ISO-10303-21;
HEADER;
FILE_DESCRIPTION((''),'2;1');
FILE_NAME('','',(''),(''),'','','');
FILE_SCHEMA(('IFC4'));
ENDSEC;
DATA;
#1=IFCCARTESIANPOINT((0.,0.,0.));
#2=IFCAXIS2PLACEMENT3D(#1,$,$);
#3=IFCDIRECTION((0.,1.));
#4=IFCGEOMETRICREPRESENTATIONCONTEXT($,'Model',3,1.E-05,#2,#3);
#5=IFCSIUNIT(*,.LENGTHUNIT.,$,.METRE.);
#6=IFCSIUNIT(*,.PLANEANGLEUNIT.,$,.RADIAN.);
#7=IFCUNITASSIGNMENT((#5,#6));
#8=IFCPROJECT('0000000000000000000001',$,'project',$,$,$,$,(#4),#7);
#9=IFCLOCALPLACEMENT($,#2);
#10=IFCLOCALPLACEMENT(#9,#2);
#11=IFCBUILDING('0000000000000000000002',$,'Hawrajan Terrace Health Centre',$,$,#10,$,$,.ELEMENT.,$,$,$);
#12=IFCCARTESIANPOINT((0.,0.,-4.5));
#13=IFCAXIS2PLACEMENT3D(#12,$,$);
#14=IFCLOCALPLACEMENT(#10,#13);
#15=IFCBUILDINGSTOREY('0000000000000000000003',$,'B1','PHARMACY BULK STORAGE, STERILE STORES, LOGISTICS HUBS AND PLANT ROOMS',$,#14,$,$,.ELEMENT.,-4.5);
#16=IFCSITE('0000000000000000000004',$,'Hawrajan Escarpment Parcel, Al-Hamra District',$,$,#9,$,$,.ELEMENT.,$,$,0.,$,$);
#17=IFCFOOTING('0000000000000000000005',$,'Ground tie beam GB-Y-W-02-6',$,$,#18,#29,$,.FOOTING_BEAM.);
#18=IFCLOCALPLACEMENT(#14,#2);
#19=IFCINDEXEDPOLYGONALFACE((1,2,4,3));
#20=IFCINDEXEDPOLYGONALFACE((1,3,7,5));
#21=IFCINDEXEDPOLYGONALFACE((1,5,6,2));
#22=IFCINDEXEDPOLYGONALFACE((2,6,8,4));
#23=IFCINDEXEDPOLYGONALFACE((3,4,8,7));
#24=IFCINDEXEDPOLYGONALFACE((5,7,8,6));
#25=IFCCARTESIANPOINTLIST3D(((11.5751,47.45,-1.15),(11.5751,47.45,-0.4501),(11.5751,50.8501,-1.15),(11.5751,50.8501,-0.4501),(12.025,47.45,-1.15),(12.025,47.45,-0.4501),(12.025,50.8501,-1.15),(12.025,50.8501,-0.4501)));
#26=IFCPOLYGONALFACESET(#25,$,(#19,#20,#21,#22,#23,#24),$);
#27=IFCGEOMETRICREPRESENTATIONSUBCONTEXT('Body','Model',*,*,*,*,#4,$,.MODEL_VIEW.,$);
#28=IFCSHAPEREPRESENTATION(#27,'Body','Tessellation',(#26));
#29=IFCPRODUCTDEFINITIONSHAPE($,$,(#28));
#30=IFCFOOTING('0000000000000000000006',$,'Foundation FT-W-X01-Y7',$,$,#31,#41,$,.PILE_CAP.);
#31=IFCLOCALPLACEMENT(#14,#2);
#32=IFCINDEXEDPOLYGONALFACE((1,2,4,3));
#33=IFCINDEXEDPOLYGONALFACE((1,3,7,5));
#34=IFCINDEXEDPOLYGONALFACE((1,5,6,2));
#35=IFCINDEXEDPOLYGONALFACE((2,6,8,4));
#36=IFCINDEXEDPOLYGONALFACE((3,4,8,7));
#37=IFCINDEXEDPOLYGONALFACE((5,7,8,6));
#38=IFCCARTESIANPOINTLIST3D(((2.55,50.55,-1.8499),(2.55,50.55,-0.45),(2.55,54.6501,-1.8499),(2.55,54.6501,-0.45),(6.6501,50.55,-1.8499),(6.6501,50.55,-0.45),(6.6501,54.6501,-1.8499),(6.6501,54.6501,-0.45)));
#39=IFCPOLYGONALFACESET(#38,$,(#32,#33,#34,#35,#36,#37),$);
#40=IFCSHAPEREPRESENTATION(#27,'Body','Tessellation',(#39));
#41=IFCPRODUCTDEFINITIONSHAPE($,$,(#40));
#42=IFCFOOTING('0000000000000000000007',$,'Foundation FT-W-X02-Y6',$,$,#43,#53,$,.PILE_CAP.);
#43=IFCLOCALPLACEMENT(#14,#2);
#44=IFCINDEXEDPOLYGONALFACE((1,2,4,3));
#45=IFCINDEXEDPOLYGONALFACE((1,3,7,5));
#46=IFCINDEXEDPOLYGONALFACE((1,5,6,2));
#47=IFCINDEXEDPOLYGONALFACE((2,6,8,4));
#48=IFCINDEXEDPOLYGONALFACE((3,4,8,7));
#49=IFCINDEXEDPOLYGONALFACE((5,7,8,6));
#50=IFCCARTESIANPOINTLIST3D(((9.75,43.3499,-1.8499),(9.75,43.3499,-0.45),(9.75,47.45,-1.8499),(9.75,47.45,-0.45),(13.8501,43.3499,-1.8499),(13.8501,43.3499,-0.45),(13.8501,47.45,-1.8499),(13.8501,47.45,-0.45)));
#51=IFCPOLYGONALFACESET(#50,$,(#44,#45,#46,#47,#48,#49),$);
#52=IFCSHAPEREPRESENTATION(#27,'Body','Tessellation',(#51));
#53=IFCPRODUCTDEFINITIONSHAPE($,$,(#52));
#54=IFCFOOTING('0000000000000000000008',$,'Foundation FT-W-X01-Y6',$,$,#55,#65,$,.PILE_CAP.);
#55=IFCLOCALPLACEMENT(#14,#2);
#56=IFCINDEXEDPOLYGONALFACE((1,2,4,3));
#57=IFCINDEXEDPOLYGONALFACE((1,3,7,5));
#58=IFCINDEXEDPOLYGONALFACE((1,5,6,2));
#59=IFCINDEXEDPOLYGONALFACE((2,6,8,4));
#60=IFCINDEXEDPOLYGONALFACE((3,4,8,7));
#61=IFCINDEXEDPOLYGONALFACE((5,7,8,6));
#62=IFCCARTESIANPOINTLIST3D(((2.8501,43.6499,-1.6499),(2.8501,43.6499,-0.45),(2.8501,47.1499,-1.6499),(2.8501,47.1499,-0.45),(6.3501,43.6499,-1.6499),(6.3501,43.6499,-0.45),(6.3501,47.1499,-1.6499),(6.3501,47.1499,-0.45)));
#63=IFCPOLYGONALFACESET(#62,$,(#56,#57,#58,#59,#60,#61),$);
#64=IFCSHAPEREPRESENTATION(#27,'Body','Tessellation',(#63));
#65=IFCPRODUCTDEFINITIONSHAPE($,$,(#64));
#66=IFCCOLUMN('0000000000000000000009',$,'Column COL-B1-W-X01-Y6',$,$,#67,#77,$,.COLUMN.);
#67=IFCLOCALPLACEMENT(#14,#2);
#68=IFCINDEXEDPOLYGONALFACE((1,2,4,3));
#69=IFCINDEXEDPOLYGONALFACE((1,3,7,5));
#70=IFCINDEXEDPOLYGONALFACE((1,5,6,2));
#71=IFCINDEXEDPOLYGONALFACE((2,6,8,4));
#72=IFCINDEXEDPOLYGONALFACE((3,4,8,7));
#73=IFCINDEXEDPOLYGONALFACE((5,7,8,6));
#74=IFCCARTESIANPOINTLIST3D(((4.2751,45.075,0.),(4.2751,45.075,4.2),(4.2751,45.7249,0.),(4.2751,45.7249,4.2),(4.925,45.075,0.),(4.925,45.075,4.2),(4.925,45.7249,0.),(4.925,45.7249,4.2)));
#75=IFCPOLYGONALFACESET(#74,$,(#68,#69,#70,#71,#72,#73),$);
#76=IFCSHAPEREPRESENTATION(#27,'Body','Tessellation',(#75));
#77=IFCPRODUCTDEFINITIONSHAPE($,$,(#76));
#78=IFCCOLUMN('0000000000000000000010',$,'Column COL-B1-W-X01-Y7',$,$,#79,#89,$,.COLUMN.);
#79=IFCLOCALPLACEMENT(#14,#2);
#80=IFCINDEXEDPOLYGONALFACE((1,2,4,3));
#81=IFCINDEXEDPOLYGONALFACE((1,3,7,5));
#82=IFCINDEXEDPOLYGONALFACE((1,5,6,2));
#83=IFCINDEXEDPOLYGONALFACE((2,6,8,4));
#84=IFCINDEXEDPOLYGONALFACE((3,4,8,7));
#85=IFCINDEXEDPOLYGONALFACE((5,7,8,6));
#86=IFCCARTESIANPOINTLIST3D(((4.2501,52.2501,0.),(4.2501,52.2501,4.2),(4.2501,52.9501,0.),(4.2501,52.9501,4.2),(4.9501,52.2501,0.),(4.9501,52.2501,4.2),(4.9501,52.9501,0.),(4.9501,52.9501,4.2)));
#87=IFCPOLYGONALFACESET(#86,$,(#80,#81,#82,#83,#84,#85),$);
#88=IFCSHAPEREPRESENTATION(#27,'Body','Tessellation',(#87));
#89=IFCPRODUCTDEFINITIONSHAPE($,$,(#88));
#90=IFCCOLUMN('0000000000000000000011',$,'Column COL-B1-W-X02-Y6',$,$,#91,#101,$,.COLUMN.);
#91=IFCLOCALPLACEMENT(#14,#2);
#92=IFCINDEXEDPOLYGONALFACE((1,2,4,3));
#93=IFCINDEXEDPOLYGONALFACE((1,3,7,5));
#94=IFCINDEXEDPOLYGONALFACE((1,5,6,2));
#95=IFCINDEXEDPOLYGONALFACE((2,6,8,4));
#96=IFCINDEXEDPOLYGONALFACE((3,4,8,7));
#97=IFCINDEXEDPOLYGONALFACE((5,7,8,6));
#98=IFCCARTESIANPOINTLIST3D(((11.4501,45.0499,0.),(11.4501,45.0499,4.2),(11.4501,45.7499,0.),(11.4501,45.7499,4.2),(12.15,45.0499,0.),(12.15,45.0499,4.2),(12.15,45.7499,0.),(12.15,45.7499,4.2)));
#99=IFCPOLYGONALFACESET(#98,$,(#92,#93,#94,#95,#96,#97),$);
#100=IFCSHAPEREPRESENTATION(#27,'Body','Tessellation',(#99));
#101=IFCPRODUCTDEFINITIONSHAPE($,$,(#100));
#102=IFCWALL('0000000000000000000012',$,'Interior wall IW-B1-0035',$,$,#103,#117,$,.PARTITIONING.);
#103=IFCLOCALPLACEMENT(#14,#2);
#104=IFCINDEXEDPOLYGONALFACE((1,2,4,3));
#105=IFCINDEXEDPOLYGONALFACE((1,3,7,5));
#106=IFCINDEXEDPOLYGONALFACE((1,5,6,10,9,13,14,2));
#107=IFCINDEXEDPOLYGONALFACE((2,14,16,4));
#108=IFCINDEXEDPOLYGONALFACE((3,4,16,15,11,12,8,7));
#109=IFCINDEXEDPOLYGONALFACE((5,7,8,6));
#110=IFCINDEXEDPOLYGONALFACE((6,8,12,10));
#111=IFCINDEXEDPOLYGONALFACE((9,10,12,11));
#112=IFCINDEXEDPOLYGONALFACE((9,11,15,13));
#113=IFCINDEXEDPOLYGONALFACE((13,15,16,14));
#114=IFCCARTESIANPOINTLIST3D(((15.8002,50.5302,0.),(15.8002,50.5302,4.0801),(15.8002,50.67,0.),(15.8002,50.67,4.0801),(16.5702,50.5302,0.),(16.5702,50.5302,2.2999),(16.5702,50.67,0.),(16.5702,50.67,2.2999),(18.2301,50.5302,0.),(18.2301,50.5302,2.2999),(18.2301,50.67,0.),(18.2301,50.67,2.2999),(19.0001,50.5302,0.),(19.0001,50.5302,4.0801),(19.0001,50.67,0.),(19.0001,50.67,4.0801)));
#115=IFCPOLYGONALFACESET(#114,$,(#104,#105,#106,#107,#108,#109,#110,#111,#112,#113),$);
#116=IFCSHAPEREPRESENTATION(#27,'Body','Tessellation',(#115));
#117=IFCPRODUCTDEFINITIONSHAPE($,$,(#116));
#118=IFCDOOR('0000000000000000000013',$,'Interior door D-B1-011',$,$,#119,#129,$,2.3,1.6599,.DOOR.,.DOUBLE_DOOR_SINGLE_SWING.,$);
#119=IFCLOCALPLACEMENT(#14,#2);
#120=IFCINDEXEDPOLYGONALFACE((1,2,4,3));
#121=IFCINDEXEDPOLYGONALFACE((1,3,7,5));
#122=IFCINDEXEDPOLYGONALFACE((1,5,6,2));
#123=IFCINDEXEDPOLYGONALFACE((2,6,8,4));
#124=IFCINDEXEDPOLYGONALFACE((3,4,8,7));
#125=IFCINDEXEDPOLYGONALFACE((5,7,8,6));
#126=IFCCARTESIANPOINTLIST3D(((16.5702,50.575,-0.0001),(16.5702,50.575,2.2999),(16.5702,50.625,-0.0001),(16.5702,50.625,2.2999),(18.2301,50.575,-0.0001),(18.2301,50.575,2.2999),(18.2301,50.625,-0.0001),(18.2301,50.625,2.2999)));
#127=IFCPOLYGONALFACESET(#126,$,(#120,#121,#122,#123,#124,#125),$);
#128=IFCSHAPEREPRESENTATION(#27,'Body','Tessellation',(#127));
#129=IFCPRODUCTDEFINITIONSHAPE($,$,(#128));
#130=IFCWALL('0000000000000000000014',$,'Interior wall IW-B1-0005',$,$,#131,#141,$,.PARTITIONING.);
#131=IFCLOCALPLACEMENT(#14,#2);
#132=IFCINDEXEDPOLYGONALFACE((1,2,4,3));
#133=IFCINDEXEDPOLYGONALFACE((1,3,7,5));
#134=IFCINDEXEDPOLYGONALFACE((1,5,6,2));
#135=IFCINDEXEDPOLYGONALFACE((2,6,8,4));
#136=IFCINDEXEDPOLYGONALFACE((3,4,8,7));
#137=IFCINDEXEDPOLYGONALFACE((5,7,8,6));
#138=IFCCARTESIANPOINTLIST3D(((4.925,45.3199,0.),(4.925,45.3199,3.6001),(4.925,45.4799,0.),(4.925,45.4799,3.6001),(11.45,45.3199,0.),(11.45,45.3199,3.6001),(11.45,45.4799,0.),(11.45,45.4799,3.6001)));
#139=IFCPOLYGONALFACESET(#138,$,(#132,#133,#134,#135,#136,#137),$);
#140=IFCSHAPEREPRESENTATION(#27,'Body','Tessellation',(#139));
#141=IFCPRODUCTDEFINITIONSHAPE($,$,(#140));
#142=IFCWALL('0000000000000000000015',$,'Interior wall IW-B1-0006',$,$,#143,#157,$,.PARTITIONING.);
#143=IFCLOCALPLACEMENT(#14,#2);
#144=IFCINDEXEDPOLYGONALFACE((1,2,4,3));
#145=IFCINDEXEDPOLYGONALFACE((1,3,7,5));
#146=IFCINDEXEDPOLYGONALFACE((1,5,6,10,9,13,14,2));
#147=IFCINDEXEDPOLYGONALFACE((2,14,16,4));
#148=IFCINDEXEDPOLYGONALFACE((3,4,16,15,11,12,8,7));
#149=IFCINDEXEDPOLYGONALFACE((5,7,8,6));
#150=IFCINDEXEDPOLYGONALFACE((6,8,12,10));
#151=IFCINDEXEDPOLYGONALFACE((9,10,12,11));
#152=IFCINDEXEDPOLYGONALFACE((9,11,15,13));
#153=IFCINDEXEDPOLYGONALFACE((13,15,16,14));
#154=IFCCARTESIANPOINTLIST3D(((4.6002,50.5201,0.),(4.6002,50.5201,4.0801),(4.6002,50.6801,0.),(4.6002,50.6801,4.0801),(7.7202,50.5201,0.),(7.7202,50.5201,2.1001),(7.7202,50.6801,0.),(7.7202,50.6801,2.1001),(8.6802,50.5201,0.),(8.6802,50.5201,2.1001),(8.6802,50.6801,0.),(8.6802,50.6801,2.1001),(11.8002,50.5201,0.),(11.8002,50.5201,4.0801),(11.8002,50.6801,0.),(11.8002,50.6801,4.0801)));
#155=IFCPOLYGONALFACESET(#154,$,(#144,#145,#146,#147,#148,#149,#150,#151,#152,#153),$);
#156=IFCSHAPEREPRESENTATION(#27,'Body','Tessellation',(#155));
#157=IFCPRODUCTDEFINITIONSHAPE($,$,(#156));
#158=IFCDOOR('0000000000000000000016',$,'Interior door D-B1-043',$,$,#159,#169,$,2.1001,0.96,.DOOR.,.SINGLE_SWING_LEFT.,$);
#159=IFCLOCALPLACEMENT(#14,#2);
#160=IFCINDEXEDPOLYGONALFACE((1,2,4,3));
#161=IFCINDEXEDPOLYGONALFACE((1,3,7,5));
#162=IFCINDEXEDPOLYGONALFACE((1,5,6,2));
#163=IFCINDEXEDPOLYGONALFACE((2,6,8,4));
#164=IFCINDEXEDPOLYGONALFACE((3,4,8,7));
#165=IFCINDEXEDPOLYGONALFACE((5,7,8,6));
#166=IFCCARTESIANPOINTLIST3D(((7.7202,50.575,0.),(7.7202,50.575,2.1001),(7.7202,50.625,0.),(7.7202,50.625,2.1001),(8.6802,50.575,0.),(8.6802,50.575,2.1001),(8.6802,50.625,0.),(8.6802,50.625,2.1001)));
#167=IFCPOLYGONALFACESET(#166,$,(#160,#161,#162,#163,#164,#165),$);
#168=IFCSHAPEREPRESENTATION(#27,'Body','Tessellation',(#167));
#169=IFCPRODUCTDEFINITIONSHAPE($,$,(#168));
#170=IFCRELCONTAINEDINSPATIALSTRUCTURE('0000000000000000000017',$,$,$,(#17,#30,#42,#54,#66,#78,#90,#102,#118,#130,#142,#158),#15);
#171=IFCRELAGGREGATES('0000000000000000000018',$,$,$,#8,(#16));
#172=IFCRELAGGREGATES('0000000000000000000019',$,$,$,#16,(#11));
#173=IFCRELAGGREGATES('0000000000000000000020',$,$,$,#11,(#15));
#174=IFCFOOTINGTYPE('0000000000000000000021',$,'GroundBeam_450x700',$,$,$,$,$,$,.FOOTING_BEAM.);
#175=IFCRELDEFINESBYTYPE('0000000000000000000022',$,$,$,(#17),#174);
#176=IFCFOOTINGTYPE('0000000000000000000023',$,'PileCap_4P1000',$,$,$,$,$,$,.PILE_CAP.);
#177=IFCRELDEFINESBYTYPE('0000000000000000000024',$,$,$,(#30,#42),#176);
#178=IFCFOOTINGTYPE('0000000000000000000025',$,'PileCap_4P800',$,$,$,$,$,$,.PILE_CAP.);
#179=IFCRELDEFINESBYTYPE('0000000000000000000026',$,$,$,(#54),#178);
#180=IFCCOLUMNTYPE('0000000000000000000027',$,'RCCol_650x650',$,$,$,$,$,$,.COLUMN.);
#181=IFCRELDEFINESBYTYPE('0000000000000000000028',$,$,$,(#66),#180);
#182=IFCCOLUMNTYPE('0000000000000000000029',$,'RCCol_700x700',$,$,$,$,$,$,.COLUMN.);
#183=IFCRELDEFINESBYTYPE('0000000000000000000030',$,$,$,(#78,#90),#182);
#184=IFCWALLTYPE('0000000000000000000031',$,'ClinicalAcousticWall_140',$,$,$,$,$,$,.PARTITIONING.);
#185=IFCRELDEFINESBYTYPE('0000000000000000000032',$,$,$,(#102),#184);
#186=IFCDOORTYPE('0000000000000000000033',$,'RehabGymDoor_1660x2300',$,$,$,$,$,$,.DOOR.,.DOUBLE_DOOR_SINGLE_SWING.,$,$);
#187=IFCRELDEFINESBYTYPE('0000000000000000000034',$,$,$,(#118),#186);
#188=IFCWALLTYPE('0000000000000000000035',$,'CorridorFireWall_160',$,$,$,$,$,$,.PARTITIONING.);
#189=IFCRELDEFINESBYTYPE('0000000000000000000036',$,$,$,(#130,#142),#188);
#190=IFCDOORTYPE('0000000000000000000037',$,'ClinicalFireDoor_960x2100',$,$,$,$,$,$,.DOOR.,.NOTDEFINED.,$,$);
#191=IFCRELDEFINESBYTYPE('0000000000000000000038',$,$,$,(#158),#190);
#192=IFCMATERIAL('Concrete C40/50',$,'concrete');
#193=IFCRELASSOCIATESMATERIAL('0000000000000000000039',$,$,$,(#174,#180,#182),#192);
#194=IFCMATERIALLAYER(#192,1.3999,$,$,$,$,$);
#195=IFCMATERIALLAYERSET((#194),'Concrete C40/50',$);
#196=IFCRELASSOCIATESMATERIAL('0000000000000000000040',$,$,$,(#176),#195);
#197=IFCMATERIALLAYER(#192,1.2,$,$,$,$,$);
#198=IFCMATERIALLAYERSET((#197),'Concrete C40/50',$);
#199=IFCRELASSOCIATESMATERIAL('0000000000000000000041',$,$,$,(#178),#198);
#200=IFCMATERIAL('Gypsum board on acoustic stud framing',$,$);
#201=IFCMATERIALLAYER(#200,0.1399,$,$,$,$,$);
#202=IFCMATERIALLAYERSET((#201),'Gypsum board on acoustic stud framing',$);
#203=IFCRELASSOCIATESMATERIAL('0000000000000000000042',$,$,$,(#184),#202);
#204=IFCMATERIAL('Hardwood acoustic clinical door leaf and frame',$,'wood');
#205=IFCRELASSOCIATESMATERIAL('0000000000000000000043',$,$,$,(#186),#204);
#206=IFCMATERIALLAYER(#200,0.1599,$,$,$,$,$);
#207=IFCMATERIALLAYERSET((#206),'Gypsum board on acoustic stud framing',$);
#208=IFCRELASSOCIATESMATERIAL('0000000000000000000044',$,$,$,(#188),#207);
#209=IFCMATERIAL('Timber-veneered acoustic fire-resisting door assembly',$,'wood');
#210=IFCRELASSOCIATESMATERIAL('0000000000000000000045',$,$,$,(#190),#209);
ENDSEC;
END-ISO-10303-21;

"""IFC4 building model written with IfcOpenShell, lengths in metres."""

from ifc_helpers import new_model, si_unit, direction, frame, frame_2d, origin, origin_2d, place, context, subcontext, project, spatial, rectangle, extrude, material, layer, layer_set, material_profile, profile_set, type_object, element, fill, save


model = new_model("IFC4")

# Units and contexts
model_context = context("Model", 3, precision=1e-05, world=origin(), true_north=direction((0.0, 1.0)))
body_context = subcontext(model_context, "Body", "Model", "MODEL_VIEW")
ifc_project = project(units=[si_unit("LENGTHUNIT", "METRE"), si_unit("PLANEANGLEUNIT", "RADIAN")], contexts=[model_context])

# Site, building, storey
site_placement = place(None, origin())
site = spatial("IfcSite", under=ifc_project, at=site_placement, Name="Hawrajan Escarpment Parcel, Al-Hamra District", CompositionType="ELEMENT", RefElevation=0.0)
building_placement = place(site_placement, origin())
building = spatial("IfcBuilding", under=site, at=building_placement, Name="Hawrajan Terrace Health Centre", CompositionType="ELEMENT")
storey_placement = place(building_placement, frame((0.0, 0.0, -4.5)))
storey = spatial("IfcBuildingStorey", under=building, at=storey_placement, Name="B1", Description="PHARMACY BULK STORAGE, STERILE STORES, LOGISTICS HUBS AND PLANT ROOMS", CompositionType="ELEMENT", Elevation=-4.5)

# Shared definitions
ifc_material_1 = material(Name="Concrete C40/50", Category="concrete")

# Footings
ifc_material_profile_1 = material_profile(ifc_material_1, rectangle(XDim=0.45, YDim=0.7, at=origin_2d()), Name="RC BM 450x700")
ifc_profile_set_1 = profile_set([ifc_material_profile_1], Name="Concrete C40/50")
footing_type_1 = type_object("IfcFootingType", Name="GroundBeam_450x700", PredefinedType="FOOTING_BEAM", material=ifc_profile_set_1)
footing_1_placement = place(storey_placement, frame((11.8, 47.45, -0.8), z_axis=(0.0, 1.0, 0.0), x_axis=(-1.0, 0.0, 0.0)))
element("IfcFooting", 1, at=footing_1_placement, inside=storey, type_object=footing_type_1, Name="Ground tie beam GB-Y-W-02-6", PredefinedType="FOOTING_BEAM", context=body_context, shape_type="SweptSolid", body=[
    extrude(rectangle(XDim=0.45, YDim=0.7, at=origin_2d()), origin(), (0.0, 0.0, 1.0), 3.4001),
])
ifc_layer_1 = layer(ifc_material_1, 1.3999)
ifc_layer_set_1 = layer_set([ifc_layer_1], Name="Concrete C40/50")
footing_type_2 = type_object("IfcFootingType", Name="PileCap_4P1000", PredefinedType="PILE_CAP", material=ifc_layer_set_1)
for number, where, z_axis, x_axis, name in (
    (2, (4.6001, 52.6001, -1.8499), (0.0, 0.0, 1.0), (1.0, 0.0, 0.0), "Foundation FT-W-X01-Y7"),
    (3, (11.8, 45.3999, -1.8499), (0.0, 0.0, 1.0), (1.0, 0.0, 0.0), "Foundation FT-W-X02-Y6"),
):
    element("IfcFooting", number, at=place(storey_placement, frame(where, z_axis=z_axis, x_axis=x_axis)), inside=storey, type_object=footing_type_2, Name=name, PredefinedType="PILE_CAP", context=body_context, shape_type="SweptSolid", body=[
        extrude(rectangle(XDim=4.1001, YDim=4.1001, at=origin_2d()), origin(), (0.0, 0.0, 1.0), 1.3999),
    ])
ifc_layer_2 = layer(ifc_material_1, 1.2)
ifc_layer_set_2 = layer_set([ifc_layer_2], Name="Concrete C40/50")
footing_type_3 = type_object("IfcFootingType", Name="PileCap_4P800", PredefinedType="PILE_CAP", material=ifc_layer_set_2)
footing_2_placement = place(storey_placement, frame((4.6001, 45.3999, -1.6499), z_axis=(0.0, 0.0, 1.0), x_axis=(1.0, 0.0, 0.0)))
element("IfcFooting", 4, at=footing_2_placement, inside=storey, type_object=footing_type_3, Name="Foundation FT-W-X01-Y6", PredefinedType="PILE_CAP", context=body_context, shape_type="SweptSolid", body=[
    extrude(rectangle(XDim=3.5, YDim=3.5, at=origin_2d()), origin(), (0.0, 0.0, 1.0), 1.2),
])

# Columns
ifc_material_profile_2 = material_profile(ifc_material_1, rectangle(XDim=0.6499, YDim=0.6499, at=origin_2d()), Name="RC 650x650")
ifc_profile_set_2 = profile_set([ifc_material_profile_2], Name="Concrete C40/50")
column_type_1 = type_object("IfcColumnType", Name="RCCol_650x650", PredefinedType="COLUMN", material=ifc_profile_set_2)
column_placement = place(storey_placement, frame((4.6001, 45.3999, 0.0), z_axis=(0.0, 0.0, 1.0), x_axis=(1.0, 0.0, 0.0)))
element("IfcColumn", 5, at=column_placement, inside=storey, type_object=column_type_1, Name="Column COL-B1-W-X01-Y6", PredefinedType="COLUMN", context=body_context, shape_type="SweptSolid", body=[
    extrude(rectangle(XDim=0.6499, YDim=0.6499, at=origin_2d()), origin(), (0.0, 0.0, 1.0), 4.2),
])
ifc_material_profile_3 = material_profile(ifc_material_1, rectangle(XDim=0.7, YDim=0.7, at=origin_2d()), Name="RC 700x700")
ifc_profile_set_3 = profile_set([ifc_material_profile_3], Name="Concrete C40/50")
column_type_2 = type_object("IfcColumnType", Name="RCCol_700x700", PredefinedType="COLUMN", material=ifc_profile_set_3)
for number, where, z_axis, x_axis, name in (
    (6, (4.6001, 52.6001, 0.0), (0.0, 0.0, 1.0), (1.0, 0.0, 0.0), "Column COL-B1-W-X01-Y7"),
    (7, (11.8, 45.3999, 0.0), (0.0, 0.0, 1.0), (1.0, 0.0, 0.0), "Column COL-B1-W-X02-Y6"),
):
    element("IfcColumn", number, at=place(storey_placement, frame(where, z_axis=z_axis, x_axis=x_axis)), inside=storey, type_object=column_type_2, Name=name, PredefinedType="COLUMN", context=body_context, shape_type="SweptSolid", body=[
        extrude(rectangle(XDim=0.7, YDim=0.7, at=origin_2d()), origin(), (0.0, 0.0, 1.0), 4.2),
    ])

# Wall, opening, door
ifc_material_2 = material(Name="Gypsum board on acoustic stud framing")
ifc_layer_3 = layer(ifc_material_2, 0.1399)
ifc_layer_set_3 = layer_set([ifc_layer_3], Name="Gypsum board on acoustic stud framing")
wall_type_1 = type_object("IfcWallType", Name="ClinicalAcousticWall_140", PredefinedType="PARTITIONING", material=ifc_layer_set_3)
wall_1_placement = place(storey_placement, frame((15.8, 50.6001, 0.0), z_axis=(0.0, 0.0, 1.0), x_axis=(1.0, 0.0, 0.0)))
wall_1 = element("IfcWall", 8, at=wall_1_placement, inside=storey, type_object=wall_type_1, Name="Interior wall IW-B1-0035", PredefinedType="PARTITIONING", context=body_context, shape_type="SweptSolid", body=[
    extrude(rectangle(XDim=3.2, YDim=0.1399, at=frame_2d((1.6001, 0.0))), origin(), (0.0, 0.0, 1.0), 4.0801),
])
opening_1_placement = place(wall_1_placement, frame((0.77, 0.0, 0.0)))
opening_1 = element("IfcOpeningElement", 9, at=opening_1_placement, cuts=wall_1, PredefinedType="OPENING", context=body_context, shape_type="SweptSolid", body=[
    extrude(rectangle(XDim=1.6599, YDim=2.3, at=frame_2d((0.8301, 1.1499))), frame((0.0, 0.0798, 0.0), z_axis=(0.0, -1.0, 0.0), x_axis=(1.0, 0.0, 0.0)), (0.0, 0.0, 1.0), 0.1599),
])
ifc_material_3 = material(Name="Hardwood acoustic clinical door leaf and frame", Category="wood")
door_type_1 = type_object("IfcDoorType", Name="RehabGymDoor_1660x2300", OperationType="DOUBLE_DOOR_SINGLE_SWING", PredefinedType="DOOR", material=ifc_material_3)
door_1_placement = place(opening_1_placement, origin())
door_1 = element("IfcDoor", 10, at=door_1_placement, inside=storey, type_object=door_type_1, Name="Interior door D-B1-011", OperationType="DOUBLE_DOOR_SINGLE_SWING", OverallHeight=2.3, OverallWidth=1.6599, PredefinedType="DOOR", context=body_context, shape_type="SweptSolid", body=[
    extrude(rectangle(XDim=1.6599, YDim=2.3, at=frame_2d((0.8301, 1.1499))), frame((0.0, 0.0249, 0.0), z_axis=(0.0, -1.0, 0.0), x_axis=(1.0, 0.0, 0.0)), (0.0, 0.0, 1.0), 0.05),
])
fill(opening_1, door_1)

# Wall
ifc_layer_4 = layer(ifc_material_2, 0.1599)
ifc_layer_set_4 = layer_set([ifc_layer_4], Name="Gypsum board on acoustic stud framing")
wall_type_2 = type_object("IfcWallType", Name="CorridorFireWall_160", PredefinedType="PARTITIONING", material=ifc_layer_set_4)
wall_2_placement = place(storey_placement, frame((4.925, 45.3999, 0.0), z_axis=(0.0, 0.0, 1.0), x_axis=(1.0, 0.0, 0.0)))
element("IfcWall", 11, at=wall_2_placement, inside=storey, type_object=wall_type_2, Name="Interior wall IW-B1-0005", PredefinedType="PARTITIONING", context=body_context, shape_type="SweptSolid", body=[
    extrude(rectangle(XDim=6.5249, YDim=0.1599, at=frame_2d((3.2625, 0.0))), origin(), (0.0, 0.0, 1.0), 3.6001),
])

# Wall, opening, door
wall_3_placement = place(storey_placement, frame((4.6001, 50.6001, 0.0), z_axis=(0.0, 0.0, 1.0), x_axis=(1.0, 0.0, 0.0)))
wall_3 = element("IfcWall", 12, at=wall_3_placement, inside=storey, type_object=wall_type_2, Name="Interior wall IW-B1-0006", PredefinedType="PARTITIONING", context=body_context, shape_type="SweptSolid", body=[
    extrude(rectangle(XDim=7.2, YDim=0.1599, at=frame_2d((3.6001, 0.0))), origin(), (0.0, 0.0, 1.0), 4.0801),
])
opening_2_placement = place(wall_3_placement, frame((3.1201, 0.0, 0.0)))
opening_2 = element("IfcOpeningElement", 13, at=opening_2_placement, cuts=wall_3, PredefinedType="OPENING", context=body_context, shape_type="SweptSolid", body=[
    extrude(rectangle(XDim=0.96, YDim=2.1001, at=frame_2d((0.48, 1.05))), frame((0.0, 0.0898, 0.0), z_axis=(0.0, -1.0, 0.0), x_axis=(1.0, 0.0, 0.0)), (0.0, 0.0, 1.0), 0.1799),
])
ifc_material_4 = material(Name="Timber-veneered acoustic fire-resisting door assembly", Category="wood")
door_type_2 = type_object("IfcDoorType", Name="ClinicalFireDoor_960x2100", OperationType="NOTDEFINED", PredefinedType="DOOR", material=ifc_material_4)
door_2_placement = place(opening_2_placement, origin())
door_2 = element("IfcDoor", 14, at=door_2_placement, inside=storey, type_object=door_type_2, Name="Interior door D-B1-043", OperationType="SINGLE_SWING_LEFT", OverallHeight=2.1001, OverallWidth=0.96, PredefinedType="DOOR", context=body_context, shape_type="SweptSolid", body=[
    extrude(rectangle(XDim=0.96, YDim=2.1001, at=frame_2d((0.48, 1.05))), frame((0.0, 0.0249, 0.0), z_axis=(0.0, -1.0, 0.0), x_axis=(1.0, 0.0, 0.0)), (0.0, 0.0, 1.0), 0.05),
])
fill(opening_2, door_2)

save(model, "model.ifc")
